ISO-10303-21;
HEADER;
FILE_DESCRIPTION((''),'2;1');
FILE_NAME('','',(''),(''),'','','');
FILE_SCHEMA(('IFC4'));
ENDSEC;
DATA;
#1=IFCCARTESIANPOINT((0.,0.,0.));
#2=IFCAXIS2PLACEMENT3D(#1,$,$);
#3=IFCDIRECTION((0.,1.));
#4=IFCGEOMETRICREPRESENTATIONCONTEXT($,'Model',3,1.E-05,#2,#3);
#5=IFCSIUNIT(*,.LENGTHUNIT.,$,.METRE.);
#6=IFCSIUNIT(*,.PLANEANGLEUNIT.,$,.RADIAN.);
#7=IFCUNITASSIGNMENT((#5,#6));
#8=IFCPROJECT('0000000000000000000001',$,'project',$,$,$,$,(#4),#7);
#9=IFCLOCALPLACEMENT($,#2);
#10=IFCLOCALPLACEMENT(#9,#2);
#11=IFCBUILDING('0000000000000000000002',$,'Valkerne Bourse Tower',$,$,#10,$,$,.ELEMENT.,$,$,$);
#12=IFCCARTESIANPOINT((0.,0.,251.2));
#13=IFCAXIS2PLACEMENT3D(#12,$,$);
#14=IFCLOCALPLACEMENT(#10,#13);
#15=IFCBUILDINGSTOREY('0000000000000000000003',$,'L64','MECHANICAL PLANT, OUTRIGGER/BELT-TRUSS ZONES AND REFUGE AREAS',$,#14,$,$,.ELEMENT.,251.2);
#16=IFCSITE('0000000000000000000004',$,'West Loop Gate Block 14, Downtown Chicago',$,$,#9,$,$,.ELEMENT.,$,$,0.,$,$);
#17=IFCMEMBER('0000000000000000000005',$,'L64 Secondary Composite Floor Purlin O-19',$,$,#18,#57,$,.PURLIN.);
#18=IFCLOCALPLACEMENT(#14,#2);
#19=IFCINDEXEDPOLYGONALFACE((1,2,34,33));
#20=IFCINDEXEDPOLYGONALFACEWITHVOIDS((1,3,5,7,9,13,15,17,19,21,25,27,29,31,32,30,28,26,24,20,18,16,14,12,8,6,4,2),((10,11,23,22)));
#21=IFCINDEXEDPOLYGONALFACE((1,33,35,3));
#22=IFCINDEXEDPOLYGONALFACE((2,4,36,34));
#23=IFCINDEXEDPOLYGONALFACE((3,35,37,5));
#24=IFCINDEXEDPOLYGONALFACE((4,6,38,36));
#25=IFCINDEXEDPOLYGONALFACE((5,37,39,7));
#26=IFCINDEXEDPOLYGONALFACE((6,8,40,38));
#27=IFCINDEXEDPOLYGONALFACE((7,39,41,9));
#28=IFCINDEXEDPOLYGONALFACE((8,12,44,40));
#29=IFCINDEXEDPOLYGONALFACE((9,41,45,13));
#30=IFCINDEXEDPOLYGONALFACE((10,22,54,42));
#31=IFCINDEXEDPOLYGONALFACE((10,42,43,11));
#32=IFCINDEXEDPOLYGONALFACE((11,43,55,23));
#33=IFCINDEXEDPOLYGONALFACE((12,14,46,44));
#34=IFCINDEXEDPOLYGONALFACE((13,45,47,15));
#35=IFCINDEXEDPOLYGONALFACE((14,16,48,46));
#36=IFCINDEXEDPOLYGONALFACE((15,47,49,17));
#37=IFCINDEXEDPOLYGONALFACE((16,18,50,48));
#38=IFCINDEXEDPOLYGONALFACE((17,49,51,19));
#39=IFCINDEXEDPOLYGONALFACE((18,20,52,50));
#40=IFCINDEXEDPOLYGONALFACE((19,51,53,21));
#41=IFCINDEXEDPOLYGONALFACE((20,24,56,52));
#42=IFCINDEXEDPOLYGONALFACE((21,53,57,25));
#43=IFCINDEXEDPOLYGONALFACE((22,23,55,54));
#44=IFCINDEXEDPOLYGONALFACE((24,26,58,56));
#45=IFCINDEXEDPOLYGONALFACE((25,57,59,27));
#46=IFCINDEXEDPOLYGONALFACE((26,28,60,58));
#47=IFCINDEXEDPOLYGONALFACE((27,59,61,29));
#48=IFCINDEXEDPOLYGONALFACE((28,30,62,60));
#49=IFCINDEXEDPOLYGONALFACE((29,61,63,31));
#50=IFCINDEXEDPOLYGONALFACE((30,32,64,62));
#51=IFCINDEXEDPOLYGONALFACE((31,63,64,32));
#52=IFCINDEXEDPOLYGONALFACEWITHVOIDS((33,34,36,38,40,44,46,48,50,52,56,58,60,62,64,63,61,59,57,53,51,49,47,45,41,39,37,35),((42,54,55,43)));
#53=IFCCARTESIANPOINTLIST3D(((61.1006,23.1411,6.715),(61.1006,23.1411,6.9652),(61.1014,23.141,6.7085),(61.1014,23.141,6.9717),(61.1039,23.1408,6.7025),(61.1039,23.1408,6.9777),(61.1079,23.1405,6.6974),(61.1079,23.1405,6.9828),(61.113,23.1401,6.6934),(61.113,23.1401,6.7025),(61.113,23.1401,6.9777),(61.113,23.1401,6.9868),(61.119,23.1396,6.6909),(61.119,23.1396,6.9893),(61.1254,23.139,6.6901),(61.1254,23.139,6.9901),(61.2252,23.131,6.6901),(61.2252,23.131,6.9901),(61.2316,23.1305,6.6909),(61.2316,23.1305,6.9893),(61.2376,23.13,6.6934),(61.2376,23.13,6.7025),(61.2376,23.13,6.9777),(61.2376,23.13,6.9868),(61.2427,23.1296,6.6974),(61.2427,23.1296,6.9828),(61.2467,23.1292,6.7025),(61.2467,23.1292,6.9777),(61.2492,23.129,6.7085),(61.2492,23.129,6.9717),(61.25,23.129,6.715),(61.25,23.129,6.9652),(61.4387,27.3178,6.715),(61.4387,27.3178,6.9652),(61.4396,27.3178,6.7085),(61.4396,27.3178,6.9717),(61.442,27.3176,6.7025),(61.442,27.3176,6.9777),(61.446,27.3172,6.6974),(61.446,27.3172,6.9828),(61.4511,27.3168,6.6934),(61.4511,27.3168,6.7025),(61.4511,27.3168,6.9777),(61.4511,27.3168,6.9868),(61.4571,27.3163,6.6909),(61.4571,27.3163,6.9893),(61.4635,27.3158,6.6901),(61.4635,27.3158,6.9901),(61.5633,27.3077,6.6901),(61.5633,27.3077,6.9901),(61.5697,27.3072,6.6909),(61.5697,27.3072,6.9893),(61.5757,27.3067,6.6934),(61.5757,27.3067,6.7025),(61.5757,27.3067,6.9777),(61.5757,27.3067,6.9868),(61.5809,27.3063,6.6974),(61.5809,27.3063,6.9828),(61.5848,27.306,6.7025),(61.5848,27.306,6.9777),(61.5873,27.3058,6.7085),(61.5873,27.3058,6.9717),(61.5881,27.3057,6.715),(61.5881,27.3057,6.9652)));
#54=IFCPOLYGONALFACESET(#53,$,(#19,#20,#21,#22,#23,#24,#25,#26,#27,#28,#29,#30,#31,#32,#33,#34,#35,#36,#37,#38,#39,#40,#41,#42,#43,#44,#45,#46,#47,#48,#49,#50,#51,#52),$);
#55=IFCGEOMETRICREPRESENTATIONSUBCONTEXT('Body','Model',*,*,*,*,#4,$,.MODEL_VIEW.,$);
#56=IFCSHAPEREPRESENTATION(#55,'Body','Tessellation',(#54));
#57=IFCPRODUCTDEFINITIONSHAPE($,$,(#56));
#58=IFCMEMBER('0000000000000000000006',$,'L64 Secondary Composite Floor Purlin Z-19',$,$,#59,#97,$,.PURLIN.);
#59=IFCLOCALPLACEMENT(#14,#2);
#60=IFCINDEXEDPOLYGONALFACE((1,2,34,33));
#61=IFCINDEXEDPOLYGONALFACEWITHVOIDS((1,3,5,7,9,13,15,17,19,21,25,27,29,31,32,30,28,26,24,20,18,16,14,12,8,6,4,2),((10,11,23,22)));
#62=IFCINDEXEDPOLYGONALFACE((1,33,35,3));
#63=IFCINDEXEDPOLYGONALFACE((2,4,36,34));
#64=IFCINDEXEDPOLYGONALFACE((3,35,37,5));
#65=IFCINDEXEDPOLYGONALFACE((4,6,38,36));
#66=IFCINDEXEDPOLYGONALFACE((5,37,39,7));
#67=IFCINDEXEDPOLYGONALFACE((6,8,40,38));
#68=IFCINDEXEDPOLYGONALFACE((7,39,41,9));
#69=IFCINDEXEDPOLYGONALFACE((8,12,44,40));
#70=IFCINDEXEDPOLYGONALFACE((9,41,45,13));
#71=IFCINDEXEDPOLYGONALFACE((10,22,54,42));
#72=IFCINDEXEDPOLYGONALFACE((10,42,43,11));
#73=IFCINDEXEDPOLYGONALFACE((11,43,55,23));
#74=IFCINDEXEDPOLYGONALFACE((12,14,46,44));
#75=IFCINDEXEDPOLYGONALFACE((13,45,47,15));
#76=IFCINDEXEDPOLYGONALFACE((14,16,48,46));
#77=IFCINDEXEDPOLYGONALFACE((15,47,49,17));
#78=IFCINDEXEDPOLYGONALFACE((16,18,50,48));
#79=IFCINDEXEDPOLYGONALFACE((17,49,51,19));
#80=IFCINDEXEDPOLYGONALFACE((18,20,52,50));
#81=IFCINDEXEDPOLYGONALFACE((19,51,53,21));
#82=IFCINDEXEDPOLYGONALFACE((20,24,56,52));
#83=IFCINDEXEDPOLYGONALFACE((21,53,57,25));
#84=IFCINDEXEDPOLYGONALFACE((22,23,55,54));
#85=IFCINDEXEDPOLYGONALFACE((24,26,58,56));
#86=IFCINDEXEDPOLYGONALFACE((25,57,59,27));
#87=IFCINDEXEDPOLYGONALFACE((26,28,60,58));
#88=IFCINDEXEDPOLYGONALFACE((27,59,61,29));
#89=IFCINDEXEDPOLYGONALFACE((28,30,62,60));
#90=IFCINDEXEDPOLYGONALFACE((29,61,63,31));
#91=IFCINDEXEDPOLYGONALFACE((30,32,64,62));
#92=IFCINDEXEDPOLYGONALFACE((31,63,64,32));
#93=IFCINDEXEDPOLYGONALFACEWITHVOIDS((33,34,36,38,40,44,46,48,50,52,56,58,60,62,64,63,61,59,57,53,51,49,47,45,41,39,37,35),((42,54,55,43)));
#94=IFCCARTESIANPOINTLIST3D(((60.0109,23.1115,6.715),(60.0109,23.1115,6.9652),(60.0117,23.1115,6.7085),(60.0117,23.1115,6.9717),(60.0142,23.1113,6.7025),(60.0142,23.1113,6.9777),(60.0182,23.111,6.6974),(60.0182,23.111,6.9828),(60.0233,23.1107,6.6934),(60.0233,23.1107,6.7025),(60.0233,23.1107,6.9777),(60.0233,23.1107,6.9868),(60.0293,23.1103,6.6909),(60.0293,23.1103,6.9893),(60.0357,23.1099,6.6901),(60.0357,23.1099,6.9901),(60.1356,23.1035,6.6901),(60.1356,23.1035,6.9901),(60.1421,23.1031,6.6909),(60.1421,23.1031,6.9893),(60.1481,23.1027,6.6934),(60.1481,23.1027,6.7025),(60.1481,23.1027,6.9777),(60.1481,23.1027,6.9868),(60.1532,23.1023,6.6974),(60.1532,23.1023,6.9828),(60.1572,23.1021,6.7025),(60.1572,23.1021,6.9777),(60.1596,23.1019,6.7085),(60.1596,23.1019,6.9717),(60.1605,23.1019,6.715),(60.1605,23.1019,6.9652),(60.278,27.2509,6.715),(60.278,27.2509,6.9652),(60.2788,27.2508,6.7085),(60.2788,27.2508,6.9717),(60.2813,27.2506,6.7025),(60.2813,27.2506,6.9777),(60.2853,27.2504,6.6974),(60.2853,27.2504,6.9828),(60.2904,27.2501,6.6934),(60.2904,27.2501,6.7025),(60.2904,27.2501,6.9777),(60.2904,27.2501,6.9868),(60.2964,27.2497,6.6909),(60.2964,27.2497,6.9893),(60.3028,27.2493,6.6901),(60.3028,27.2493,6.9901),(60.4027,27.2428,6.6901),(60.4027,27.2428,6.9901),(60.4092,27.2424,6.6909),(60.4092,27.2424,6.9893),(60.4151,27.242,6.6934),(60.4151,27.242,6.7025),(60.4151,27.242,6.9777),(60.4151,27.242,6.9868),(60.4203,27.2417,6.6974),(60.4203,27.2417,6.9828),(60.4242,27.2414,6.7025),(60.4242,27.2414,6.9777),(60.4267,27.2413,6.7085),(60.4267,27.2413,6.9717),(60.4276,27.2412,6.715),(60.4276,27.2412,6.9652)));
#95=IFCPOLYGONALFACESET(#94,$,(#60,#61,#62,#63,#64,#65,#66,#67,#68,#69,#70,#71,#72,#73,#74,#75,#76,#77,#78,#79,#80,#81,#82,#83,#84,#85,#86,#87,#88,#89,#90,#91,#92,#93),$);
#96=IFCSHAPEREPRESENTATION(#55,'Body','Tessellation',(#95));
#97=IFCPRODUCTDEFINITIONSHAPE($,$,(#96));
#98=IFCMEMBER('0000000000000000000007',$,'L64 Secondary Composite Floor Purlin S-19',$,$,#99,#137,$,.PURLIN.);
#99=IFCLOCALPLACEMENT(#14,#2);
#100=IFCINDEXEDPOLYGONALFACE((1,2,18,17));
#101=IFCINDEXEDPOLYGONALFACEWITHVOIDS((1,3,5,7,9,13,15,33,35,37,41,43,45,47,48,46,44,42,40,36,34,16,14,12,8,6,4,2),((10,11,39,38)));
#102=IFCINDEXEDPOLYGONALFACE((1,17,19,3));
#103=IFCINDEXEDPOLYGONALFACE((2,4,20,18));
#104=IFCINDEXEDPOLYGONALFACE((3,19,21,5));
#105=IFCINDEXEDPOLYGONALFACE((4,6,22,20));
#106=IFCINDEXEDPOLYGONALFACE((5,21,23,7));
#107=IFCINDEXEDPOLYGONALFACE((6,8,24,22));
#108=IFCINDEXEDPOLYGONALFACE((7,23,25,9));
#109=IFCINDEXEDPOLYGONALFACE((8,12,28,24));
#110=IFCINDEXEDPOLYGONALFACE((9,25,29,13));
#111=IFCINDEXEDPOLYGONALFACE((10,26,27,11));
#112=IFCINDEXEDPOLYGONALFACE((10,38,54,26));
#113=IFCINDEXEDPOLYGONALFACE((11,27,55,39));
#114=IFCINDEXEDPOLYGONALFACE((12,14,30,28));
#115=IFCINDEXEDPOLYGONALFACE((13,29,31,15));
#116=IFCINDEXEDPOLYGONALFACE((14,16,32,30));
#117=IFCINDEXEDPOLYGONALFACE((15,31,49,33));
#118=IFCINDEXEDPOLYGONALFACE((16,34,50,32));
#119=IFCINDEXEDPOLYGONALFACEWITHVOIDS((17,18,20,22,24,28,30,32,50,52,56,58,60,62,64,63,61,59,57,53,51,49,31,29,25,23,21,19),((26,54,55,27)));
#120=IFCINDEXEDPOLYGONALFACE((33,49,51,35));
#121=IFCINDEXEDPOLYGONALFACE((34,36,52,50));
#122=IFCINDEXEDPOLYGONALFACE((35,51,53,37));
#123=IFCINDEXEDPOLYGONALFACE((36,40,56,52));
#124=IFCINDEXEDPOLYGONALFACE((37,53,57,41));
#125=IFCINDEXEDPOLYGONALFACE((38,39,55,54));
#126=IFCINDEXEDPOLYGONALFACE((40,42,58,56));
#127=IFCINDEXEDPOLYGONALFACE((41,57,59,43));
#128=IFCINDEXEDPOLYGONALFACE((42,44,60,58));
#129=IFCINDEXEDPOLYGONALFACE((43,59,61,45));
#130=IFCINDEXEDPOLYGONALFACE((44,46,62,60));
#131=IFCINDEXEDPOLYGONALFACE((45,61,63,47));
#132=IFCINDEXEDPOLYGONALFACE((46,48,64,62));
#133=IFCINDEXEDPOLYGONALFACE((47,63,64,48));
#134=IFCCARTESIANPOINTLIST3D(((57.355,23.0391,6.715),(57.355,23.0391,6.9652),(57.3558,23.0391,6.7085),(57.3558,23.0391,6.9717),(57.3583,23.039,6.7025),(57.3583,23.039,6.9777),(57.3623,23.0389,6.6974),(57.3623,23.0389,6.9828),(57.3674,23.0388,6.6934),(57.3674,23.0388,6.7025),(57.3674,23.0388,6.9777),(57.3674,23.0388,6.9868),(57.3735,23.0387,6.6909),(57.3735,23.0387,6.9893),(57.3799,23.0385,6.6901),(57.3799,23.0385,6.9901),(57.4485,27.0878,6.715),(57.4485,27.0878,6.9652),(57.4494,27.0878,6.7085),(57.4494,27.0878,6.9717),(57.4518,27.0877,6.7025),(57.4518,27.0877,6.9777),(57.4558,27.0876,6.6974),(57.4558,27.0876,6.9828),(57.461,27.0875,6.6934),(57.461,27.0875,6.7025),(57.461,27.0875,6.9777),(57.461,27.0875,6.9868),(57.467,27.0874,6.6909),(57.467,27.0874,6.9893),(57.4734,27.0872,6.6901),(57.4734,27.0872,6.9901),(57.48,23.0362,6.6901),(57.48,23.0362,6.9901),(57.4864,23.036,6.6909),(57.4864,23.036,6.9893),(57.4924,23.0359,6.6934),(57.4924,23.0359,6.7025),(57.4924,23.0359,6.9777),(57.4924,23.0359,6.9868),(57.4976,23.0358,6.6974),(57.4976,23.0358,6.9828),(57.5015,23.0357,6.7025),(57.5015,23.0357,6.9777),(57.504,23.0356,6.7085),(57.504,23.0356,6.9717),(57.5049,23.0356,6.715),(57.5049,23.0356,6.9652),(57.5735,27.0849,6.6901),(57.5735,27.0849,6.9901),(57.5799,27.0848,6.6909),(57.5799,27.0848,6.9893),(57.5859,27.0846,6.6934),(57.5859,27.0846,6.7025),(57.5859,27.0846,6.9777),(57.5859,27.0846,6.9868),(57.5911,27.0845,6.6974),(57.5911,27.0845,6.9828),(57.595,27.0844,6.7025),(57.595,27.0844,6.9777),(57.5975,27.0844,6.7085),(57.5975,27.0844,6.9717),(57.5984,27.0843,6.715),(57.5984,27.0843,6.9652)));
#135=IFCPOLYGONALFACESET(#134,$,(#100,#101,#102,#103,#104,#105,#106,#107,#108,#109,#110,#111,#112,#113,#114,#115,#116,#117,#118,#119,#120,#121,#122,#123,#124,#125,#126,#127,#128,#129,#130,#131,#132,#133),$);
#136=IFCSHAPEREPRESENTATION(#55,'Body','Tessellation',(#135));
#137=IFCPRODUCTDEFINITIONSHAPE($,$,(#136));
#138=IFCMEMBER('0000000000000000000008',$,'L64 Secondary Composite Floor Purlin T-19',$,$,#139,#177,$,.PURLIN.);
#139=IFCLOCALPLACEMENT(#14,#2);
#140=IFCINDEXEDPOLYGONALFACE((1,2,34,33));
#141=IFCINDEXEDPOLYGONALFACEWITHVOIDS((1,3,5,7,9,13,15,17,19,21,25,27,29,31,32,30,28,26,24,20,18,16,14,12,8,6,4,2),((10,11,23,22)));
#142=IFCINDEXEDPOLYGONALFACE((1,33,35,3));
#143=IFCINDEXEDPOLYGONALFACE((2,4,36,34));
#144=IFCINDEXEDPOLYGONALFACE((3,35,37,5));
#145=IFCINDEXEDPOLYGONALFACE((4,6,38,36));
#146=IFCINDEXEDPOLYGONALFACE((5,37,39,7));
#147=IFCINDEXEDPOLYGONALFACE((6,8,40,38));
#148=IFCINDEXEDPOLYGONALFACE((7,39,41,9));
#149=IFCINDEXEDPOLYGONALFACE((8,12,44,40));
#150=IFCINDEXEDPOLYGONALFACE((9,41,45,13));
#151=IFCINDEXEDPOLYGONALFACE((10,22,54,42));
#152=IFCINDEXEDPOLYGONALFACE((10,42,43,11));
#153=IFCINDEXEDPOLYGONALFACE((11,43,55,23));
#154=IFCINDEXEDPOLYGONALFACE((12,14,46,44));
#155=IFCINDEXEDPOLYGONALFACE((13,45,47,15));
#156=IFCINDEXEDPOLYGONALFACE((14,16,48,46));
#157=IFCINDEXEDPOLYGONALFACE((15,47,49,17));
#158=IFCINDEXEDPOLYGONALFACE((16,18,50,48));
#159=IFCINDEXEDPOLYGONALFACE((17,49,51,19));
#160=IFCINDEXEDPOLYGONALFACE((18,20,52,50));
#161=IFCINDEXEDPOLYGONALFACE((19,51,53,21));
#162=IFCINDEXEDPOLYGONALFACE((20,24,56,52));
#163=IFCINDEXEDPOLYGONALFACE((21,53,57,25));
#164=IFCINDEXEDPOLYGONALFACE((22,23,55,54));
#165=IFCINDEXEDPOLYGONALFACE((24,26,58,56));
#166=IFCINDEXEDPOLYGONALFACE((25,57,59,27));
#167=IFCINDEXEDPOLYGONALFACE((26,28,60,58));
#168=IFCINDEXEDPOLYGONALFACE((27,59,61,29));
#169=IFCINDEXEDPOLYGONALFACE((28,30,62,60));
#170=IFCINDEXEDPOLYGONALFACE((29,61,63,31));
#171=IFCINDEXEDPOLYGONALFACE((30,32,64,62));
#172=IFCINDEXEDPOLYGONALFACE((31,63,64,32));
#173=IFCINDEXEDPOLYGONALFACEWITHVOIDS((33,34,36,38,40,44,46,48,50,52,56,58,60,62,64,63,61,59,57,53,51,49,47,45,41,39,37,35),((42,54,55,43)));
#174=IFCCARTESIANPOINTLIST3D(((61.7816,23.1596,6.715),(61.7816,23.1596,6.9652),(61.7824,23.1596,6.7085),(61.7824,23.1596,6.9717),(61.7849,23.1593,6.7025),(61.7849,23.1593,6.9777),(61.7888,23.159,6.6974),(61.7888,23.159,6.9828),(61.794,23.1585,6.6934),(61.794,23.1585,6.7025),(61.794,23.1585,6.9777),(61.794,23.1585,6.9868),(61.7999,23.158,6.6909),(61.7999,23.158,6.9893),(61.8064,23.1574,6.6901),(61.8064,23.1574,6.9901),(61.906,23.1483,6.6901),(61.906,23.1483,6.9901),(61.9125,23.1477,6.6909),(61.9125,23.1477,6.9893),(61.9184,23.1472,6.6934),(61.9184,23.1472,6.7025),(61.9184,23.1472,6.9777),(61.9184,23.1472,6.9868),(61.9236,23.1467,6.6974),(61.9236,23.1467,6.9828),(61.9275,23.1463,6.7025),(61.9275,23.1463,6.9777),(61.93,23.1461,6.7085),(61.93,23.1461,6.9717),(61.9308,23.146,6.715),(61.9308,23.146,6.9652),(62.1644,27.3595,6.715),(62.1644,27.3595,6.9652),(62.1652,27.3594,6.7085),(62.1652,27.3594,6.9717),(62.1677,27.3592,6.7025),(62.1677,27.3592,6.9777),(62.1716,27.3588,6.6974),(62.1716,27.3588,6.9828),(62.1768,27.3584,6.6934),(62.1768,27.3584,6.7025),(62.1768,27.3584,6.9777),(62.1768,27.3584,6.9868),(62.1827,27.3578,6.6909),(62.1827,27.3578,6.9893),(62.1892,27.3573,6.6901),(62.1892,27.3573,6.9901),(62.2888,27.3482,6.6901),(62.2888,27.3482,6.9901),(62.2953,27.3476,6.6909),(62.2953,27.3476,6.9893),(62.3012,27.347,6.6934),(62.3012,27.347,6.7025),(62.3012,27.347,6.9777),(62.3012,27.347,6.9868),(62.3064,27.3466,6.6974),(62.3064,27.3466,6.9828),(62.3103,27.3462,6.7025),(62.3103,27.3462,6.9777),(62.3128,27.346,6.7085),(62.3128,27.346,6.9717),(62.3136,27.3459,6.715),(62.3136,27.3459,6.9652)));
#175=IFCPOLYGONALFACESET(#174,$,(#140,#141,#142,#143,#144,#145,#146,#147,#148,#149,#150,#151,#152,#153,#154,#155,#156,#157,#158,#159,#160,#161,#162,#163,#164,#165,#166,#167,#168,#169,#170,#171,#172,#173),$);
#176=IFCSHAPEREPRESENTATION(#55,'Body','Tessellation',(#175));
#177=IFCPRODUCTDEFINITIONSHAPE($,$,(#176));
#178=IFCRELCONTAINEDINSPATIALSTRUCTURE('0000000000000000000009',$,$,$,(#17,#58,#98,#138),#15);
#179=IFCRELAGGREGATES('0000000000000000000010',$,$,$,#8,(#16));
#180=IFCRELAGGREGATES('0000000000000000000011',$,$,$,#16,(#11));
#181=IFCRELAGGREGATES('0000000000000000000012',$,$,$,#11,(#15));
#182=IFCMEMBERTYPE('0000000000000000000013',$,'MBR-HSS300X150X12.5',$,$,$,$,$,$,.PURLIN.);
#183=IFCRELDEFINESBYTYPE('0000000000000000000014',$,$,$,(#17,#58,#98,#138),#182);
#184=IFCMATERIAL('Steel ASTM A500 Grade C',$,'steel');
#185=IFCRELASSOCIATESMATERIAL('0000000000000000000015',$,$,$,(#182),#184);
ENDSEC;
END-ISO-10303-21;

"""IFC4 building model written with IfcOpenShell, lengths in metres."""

from ifc_helpers import new_model, si_unit, direction, frame, origin, origin_2d, place, context, subcontext, project, spatial, hollow_rectangle, extrude, material, material_profile, profile_set, type_object, element, save


model = new_model("IFC4")

# Units and contexts
model_context = context("Model", 3, precision=1e-05, world=origin(), true_north=direction((0.0, 1.0)))
body_context = subcontext(model_context, "Body", "Model", "MODEL_VIEW")
ifc_project = project(units=[si_unit("LENGTHUNIT", "METRE"), si_unit("PLANEANGLEUNIT", "RADIAN")], contexts=[model_context])

# Site, building, storey
site_placement = place(None, origin())
site = spatial("IfcSite", under=ifc_project, at=site_placement, Name="West Loop Gate Block 14, Downtown Chicago", CompositionType="ELEMENT", RefElevation=0.0)
building_placement = place(site_placement, origin())
building = spatial("IfcBuilding", under=site, at=building_placement, Name="Valkerne Bourse Tower", CompositionType="ELEMENT")
storey_placement = place(building_placement, frame((0.0, 0.0, 251.2)))
storey = spatial("IfcBuildingStorey", under=building, at=storey_placement, Name="L64", Description="MECHANICAL PLANT, OUTRIGGER/BELT-TRUSS ZONES AND REFUGE AREAS", CompositionType="ELEMENT", Elevation=251.2)

# Members
ifc_material_1 = material(Name="Steel ASTM A500 Grade C", Category="steel")
ifc_material_profile_1 = material_profile(ifc_material_1, hollow_rectangle(XDim=0.1499, YDim=0.3, WallThickness=0.0125, OuterFilletRadius=0.0249, at=origin_2d()), Name="HSS300X150X12.5")
ifc_profile_set_1 = profile_set([ifc_material_profile_1], Name="Steel ASTM A500 Grade C")
member_type_1 = type_object("IfcMemberType", Name="MBR-HSS300X150X12.5", PredefinedType="PURLIN", material=ifc_profile_set_1)
member_1_placement = place(storey_placement, frame((61.1753, 23.135, 6.8401), z_axis=(0.080692, 0.996739, 0.0), x_axis=(-0.996739, 0.080692, 0.0)))
element("IfcMember", 1, at=member_1_placement, inside=storey, type_object=member_type_1, Name="L64 Secondary Composite Floor Purlin O-19", PredefinedType="PURLIN", context=body_context, shape_type="SweptSolid", body=[
    extrude(hollow_rectangle(XDim=0.1499, YDim=0.3, WallThickness=0.0125, OuterFilletRadius=0.0249, at=origin_2d()), origin(), (0.0, 0.0, 1.0), 4.1904),
])
member_2_placement = place(storey_placement, frame((60.0857, 23.1067, 6.8401), z_axis=(0.06439, 0.997925, 0.0), x_axis=(-0.997925, 0.06439, 0.0)))
element("IfcMember", 2, at=member_2_placement, inside=storey, type_object=member_type_1, Name="L64 Secondary Composite Floor Purlin Z-19", PredefinedType="PURLIN", context=body_context, shape_type="SweptSolid", body=[
    extrude(hollow_rectangle(XDim=0.1499, YDim=0.3, WallThickness=0.0125, OuterFilletRadius=0.0249, at=origin_2d()), origin(), (0.0, 0.0, 1.0), 4.1479),
])
member_3_placement = place(storey_placement, frame((57.4299, 23.0374, 6.8401), z_axis=(0.023088, 0.999733, 0.0), x_axis=(-0.999733, 0.023088, 0.0)))
element("IfcMember", 3, at=member_3_placement, inside=storey, type_object=member_type_1, Name="L64 Secondary Composite Floor Purlin S-19", PredefinedType="PURLIN", context=body_context, shape_type="SweptSolid", body=[
    extrude(hollow_rectangle(XDim=0.1499, YDim=0.3, WallThickness=0.0125, OuterFilletRadius=0.0249, at=origin_2d()), origin(), (0.0, 0.0, 1.0), 4.0498),
])
member_4_placement = place(storey_placement, frame((61.8562, 23.1528, 6.8401), z_axis=(0.090771, 0.995872, 0.0), x_axis=(-0.995872, 0.090771, 0.0)))
element("IfcMember", 4, at=member_4_placement, inside=storey, type_object=member_type_1, Name="L64 Secondary Composite Floor Purlin T-19", PredefinedType="PURLIN", context=body_context, shape_type="SweptSolid", body=[
    extrude(hollow_rectangle(XDim=0.1499, YDim=0.3, WallThickness=0.0125, OuterFilletRadius=0.0249, at=origin_2d()), origin(), (0.0, 0.0, 1.0), 4.2173),
])

save(model, "model.ifc")
